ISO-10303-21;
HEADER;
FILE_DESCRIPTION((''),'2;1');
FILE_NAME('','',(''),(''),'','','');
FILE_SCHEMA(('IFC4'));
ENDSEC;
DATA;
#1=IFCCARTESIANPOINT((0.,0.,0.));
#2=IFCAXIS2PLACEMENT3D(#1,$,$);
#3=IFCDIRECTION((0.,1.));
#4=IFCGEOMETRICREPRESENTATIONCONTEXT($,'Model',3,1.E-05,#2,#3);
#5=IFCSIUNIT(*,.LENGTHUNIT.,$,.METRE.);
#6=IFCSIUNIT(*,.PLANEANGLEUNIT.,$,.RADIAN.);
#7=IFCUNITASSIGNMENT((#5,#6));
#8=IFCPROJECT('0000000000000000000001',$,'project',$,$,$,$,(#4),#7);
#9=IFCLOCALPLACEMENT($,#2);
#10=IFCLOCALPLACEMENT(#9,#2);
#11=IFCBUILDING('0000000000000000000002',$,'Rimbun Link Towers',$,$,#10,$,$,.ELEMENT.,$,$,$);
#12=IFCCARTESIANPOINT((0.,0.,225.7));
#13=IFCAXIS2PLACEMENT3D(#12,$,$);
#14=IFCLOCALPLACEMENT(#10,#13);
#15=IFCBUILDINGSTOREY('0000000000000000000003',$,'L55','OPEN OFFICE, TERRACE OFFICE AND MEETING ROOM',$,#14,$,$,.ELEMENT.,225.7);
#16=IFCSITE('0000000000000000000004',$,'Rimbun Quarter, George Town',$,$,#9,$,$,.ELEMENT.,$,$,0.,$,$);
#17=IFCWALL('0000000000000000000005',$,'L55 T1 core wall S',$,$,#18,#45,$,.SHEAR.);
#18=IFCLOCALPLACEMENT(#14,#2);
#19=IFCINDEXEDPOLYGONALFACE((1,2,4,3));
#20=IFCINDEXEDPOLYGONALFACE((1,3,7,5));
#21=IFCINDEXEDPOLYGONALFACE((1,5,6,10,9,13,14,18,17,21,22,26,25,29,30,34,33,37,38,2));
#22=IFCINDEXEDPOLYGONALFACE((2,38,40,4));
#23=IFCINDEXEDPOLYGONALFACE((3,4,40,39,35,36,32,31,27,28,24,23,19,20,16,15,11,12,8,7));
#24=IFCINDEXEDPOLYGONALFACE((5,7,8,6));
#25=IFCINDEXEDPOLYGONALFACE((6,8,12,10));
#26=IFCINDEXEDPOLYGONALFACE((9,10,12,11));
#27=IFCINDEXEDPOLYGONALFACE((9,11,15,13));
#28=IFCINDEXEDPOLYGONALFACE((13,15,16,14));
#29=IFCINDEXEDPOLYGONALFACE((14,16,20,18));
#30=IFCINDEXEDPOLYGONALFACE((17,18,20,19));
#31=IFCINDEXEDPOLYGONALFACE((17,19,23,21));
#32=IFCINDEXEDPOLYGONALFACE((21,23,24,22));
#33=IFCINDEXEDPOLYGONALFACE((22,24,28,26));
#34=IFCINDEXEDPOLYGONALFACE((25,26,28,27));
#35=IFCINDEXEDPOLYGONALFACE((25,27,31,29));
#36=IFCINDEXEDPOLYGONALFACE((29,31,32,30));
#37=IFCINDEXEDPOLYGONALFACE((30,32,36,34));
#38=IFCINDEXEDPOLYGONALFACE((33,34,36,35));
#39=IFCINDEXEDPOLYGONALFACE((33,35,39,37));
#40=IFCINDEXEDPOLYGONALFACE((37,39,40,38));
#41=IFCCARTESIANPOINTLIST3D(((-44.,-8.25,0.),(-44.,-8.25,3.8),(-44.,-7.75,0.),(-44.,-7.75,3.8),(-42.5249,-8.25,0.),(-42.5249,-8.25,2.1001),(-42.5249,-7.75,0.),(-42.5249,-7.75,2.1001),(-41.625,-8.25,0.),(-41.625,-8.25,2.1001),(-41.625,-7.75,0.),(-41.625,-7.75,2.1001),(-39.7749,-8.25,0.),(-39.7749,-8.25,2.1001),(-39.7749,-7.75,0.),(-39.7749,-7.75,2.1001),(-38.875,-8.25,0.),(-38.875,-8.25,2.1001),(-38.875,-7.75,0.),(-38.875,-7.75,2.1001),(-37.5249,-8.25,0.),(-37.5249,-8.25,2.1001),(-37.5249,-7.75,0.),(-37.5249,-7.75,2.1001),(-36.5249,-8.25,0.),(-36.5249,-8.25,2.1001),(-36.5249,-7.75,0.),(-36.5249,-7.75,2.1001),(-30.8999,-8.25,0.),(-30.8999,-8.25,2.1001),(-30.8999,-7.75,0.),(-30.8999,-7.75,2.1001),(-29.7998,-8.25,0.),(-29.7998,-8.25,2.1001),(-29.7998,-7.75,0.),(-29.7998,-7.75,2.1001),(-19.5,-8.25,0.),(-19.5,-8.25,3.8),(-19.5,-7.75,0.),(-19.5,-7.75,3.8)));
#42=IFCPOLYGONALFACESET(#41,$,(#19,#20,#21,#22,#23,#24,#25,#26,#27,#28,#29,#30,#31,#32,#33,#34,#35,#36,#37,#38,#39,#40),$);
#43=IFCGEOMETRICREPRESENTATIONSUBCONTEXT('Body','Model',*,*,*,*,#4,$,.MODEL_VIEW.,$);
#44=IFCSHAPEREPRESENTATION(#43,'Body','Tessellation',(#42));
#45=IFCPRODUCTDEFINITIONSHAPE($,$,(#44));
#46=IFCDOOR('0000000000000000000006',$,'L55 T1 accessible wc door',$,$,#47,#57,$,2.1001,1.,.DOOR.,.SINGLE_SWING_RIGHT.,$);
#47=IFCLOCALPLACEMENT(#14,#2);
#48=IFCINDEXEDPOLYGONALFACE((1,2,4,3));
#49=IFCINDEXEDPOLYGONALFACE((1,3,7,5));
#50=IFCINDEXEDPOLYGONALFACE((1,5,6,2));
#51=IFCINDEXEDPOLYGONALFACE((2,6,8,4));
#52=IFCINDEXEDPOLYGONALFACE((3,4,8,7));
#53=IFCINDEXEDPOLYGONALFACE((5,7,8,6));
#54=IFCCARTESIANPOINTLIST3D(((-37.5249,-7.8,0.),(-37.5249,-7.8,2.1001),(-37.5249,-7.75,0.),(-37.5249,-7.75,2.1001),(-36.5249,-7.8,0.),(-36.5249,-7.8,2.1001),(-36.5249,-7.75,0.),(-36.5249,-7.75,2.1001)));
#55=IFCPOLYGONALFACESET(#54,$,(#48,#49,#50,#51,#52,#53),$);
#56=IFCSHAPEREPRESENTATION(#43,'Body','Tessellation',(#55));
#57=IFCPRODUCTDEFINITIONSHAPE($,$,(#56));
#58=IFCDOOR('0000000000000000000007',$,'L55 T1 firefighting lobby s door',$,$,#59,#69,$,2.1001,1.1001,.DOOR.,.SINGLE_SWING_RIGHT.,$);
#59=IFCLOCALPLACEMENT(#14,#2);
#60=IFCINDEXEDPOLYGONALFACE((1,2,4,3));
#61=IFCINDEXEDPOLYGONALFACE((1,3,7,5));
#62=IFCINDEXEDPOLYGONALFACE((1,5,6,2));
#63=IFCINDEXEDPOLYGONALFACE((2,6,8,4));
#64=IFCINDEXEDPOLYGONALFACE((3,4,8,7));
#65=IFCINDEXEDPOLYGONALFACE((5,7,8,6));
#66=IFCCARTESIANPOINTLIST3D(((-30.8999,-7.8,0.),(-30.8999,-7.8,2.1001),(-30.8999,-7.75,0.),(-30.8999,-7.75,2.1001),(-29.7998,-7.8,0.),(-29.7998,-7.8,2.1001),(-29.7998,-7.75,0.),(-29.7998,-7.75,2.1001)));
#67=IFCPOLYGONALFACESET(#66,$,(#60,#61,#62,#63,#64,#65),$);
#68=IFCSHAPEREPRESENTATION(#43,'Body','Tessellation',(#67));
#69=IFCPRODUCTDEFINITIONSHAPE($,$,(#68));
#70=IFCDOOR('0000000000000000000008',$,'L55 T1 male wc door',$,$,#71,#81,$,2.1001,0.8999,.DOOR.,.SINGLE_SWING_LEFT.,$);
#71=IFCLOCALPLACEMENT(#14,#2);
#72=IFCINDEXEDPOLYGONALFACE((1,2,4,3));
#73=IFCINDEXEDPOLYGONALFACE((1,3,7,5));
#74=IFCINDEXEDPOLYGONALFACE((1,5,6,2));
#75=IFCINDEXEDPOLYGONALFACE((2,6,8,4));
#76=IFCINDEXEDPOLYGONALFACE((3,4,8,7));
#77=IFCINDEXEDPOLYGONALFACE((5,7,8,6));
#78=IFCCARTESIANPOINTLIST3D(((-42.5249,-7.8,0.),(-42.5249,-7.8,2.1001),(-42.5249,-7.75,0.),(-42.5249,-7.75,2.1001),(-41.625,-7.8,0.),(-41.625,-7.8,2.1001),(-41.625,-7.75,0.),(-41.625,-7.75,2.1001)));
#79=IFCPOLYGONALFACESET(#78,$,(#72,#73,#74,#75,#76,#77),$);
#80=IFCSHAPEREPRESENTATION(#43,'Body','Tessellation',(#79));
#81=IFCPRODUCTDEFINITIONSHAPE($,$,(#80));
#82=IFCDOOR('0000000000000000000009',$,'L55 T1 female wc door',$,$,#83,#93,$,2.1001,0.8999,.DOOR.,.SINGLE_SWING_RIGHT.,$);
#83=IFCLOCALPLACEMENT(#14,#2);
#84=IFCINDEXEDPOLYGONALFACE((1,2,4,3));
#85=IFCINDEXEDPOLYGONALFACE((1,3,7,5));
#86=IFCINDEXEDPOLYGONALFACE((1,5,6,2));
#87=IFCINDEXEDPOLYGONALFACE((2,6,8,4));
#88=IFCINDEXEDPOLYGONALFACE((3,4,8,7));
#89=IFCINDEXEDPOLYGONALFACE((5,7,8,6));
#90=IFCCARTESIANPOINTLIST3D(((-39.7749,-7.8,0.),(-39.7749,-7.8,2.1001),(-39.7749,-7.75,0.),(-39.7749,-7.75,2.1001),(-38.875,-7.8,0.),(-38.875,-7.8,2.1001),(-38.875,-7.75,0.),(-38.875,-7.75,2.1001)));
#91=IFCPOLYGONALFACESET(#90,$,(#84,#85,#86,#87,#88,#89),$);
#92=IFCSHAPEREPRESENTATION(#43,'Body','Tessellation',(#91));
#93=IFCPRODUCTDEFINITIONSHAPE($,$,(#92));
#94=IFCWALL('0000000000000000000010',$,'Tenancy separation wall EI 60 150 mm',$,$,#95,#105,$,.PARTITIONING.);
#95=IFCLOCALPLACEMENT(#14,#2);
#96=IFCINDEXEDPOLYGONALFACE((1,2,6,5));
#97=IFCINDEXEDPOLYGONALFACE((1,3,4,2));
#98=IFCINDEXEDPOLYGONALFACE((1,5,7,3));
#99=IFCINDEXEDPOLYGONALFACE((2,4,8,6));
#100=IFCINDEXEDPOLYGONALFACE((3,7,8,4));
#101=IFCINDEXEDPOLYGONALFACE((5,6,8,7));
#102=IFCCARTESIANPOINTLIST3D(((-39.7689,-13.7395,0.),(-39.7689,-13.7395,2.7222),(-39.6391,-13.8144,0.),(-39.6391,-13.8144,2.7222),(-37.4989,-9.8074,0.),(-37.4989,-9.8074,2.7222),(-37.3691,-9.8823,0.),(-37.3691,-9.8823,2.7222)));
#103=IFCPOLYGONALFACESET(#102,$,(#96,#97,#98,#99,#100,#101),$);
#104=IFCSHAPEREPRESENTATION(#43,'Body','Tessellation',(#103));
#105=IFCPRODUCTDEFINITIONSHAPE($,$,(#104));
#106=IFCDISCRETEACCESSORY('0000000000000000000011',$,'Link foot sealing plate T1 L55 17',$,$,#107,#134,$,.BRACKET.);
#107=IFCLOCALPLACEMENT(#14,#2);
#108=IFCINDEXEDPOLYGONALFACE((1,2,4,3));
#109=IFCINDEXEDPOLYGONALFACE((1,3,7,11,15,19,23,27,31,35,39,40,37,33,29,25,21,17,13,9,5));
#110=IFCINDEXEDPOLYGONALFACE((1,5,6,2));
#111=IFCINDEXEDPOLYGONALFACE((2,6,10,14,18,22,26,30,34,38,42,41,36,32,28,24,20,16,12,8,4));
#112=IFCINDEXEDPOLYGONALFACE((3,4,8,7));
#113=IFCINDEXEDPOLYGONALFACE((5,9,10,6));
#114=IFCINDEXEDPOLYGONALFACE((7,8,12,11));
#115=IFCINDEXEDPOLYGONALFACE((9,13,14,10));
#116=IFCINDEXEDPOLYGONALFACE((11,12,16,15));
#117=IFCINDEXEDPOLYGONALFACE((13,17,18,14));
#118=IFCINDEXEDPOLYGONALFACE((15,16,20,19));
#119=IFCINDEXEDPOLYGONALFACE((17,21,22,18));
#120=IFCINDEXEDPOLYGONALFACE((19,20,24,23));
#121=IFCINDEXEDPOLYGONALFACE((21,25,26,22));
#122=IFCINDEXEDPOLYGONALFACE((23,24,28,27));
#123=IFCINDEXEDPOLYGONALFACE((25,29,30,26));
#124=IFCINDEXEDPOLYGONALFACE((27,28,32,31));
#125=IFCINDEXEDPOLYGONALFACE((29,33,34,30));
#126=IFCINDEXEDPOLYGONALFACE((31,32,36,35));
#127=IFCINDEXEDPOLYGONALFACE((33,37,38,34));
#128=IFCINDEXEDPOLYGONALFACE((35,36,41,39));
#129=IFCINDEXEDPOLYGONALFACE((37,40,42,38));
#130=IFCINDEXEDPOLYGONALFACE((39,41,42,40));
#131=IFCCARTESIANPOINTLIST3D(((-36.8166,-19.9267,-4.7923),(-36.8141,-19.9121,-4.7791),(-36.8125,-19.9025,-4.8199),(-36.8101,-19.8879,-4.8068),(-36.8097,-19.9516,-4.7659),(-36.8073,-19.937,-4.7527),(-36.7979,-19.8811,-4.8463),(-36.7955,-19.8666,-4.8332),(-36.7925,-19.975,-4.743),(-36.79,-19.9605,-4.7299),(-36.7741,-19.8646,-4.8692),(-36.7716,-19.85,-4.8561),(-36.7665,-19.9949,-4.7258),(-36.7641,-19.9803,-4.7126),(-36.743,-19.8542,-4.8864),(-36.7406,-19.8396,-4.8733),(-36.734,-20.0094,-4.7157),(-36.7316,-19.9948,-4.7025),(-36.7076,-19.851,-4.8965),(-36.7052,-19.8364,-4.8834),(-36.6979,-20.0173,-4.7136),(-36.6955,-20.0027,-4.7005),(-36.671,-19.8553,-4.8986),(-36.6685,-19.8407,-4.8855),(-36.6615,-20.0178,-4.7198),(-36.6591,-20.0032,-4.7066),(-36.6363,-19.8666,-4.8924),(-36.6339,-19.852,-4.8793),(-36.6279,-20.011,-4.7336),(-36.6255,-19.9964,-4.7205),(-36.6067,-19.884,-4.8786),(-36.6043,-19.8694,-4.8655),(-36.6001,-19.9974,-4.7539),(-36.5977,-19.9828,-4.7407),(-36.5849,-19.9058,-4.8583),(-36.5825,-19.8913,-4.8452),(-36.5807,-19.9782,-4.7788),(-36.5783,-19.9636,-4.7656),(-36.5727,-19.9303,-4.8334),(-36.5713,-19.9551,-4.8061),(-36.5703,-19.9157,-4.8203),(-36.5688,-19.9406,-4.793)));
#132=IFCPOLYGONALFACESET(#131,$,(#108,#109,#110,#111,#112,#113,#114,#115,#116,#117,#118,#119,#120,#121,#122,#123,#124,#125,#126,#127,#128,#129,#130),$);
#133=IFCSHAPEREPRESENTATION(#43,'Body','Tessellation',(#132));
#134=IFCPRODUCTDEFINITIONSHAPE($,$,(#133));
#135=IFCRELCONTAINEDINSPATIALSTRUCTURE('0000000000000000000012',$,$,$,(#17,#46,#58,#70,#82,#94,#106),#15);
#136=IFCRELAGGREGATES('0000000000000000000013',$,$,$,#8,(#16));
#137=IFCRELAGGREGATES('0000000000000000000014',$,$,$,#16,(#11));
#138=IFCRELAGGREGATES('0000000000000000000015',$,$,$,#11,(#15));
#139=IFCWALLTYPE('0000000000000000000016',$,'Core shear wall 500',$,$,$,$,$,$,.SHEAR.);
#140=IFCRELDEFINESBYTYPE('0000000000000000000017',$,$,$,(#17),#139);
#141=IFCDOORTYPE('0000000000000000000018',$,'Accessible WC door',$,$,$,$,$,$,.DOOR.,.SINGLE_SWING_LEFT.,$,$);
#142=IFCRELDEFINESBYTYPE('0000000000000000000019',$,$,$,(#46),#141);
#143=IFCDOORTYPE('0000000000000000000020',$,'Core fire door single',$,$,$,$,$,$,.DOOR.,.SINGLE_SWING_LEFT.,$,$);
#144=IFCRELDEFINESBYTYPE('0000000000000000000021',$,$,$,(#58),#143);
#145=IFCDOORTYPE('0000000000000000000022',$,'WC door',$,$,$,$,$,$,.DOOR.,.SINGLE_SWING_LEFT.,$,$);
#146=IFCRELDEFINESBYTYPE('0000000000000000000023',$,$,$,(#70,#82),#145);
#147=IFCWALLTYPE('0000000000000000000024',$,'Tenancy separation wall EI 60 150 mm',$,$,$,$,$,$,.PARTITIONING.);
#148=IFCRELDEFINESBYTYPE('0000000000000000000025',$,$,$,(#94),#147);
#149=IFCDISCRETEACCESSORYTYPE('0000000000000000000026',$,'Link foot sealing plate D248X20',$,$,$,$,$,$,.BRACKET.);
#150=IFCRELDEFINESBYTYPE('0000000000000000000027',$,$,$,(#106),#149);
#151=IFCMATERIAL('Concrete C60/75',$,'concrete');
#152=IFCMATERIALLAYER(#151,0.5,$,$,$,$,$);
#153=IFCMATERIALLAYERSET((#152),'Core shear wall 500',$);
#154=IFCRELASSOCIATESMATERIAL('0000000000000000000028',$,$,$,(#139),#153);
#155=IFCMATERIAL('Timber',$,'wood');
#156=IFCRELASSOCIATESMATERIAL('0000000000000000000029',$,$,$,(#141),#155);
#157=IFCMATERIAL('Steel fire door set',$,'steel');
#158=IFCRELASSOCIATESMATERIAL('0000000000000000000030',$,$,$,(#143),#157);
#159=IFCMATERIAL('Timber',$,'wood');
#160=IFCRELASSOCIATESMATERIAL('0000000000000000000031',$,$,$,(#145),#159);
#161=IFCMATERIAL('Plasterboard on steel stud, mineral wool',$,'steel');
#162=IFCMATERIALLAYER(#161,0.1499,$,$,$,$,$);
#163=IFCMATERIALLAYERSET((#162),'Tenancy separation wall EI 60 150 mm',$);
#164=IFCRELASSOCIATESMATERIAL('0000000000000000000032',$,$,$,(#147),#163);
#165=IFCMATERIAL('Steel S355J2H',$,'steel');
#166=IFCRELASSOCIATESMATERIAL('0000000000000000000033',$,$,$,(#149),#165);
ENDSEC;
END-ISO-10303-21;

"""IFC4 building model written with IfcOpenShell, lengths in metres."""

from ifc_helpers import new_model, si_unit, direction, frame, frame_2d, origin, origin_2d, place, context, subcontext, project, spatial, rectangle, circle, extrude, material, layer, layer_set, material_profile, profile_set, type_object, element, fill, save


model = new_model("IFC4")

# Units and contexts
model_context = context("Model", 3, precision=1e-05, world=origin(), true_north=direction((0.0, 1.0)))
body_context = subcontext(model_context, "Body", "Model", "MODEL_VIEW")
ifc_project = project(units=[si_unit("LENGTHUNIT", "METRE"), si_unit("PLANEANGLEUNIT", "RADIAN")], contexts=[model_context])

# Site, building, storey
site_placement = place(None, origin())
site = spatial("IfcSite", under=ifc_project, at=site_placement, Name="Rimbun Quarter, George Town", CompositionType="ELEMENT", RefElevation=0.0)
building_placement = place(site_placement, origin())
building = spatial("IfcBuilding", under=site, at=building_placement, Name="Rimbun Link Towers", CompositionType="ELEMENT")
storey_placement = place(building_placement, frame((0.0, 0.0, 225.7)))
storey = spatial("IfcBuildingStorey", under=building, at=storey_placement, Name="L55", Description="OPEN OFFICE, TERRACE OFFICE AND MEETING ROOM", CompositionType="ELEMENT", Elevation=225.7)

# Wall, openings, doors
ifc_material_1 = material(Name="Concrete C60/75", Category="concrete")
ifc_layer_1 = layer(ifc_material_1, 0.5)
ifc_layer_set_1 = layer_set([ifc_layer_1], Name="Core shear wall 500")
wall_type_1 = type_object("IfcWallType", Name="Core shear wall 500", PredefinedType="SHEAR", material=ifc_layer_set_1)
wall_1_placement = place(storey_placement, frame((-44.0, -8.0, 0.0), z_axis=(0.0, 0.0, 1.0), x_axis=(1.0, 0.0, 0.0)))
wall_1 = element("IfcWall", 1, at=wall_1_placement, inside=storey, type_object=wall_type_1, Name="L55 T1 core wall S", PredefinedType="SHEAR", context=body_context, shape_type="SweptSolid", body=[
    extrude(rectangle(XDim=24.5, YDim=0.5, at=frame_2d((12.25, 0.0))), origin(), (0.0, 0.0, 1.0), 3.8),
])
opening_1_placement = place(wall_1_placement, frame((13.1001, 0.0, 0.0)))
opening_1 = element("IfcOpeningElement", 2, at=opening_1_placement, cuts=wall_1, PredefinedType="OPENING", context=body_context, shape_type="SweptSolid", body=[
    extrude(rectangle(XDim=1.1001, YDim=2.1001, at=frame_2d((0.55, 1.05))), frame((0.0, 0.26, 0.0), z_axis=(0.0, -1.0, 0.0), x_axis=(1.0, 0.0, 0.0)), (0.0, 0.0, 1.0), 0.52),
])
opening_2_placement = place(wall_1_placement, frame((1.4751, 0.0, 0.0)))
opening_2 = element("IfcOpeningElement", 3, at=opening_2_placement, cuts=wall_1, PredefinedType="OPENING", context=body_context, shape_type="SweptSolid", body=[
    extrude(rectangle(XDim=0.8999, YDim=2.1001, at=frame_2d((0.45, 1.05))), frame((0.0, 0.26, 0.0), z_axis=(0.0, -1.0, 0.0), x_axis=(1.0, 0.0, 0.0)), (0.0, 0.0, 1.0), 0.52),
])
opening_3_placement = place(wall_1_placement, frame((4.2251, 0.0, 0.0)))
opening_3 = element("IfcOpeningElement", 4, at=opening_3_placement, cuts=wall_1, PredefinedType="OPENING", context=body_context, shape_type="SweptSolid", body=[
    extrude(rectangle(XDim=0.8999, YDim=2.1001, at=frame_2d((0.45, 1.05))), frame((0.0, 0.26, 0.0), z_axis=(0.0, -1.0, 0.0), x_axis=(1.0, 0.0, 0.0)), (0.0, 0.0, 1.0), 0.52),
])
opening_4_placement = place(wall_1_placement, frame((6.4751, 0.0, 0.0)))
opening_4 = element("IfcOpeningElement", 5, at=opening_4_placement, cuts=wall_1, PredefinedType="OPENING", context=body_context, shape_type="SweptSolid", body=[
    extrude(rectangle(XDim=1.0, YDim=2.1001, at=frame_2d((0.5, 1.05))), frame((0.0, 0.26, 0.0), z_axis=(0.0, -1.0, 0.0), x_axis=(1.0, 0.0, 0.0)), (0.0, 0.0, 1.0), 0.52),
])
ifc_material_2 = material(Name="Timber", Category="wood")
door_type_1 = type_object("IfcDoorType", Name="Accessible WC door", OperationType="SINGLE_SWING_LEFT", PredefinedType="DOOR", material=ifc_material_2)
door_1_placement = place(opening_4_placement, origin())
door_1 = element("IfcDoor", 6, at=door_1_placement, inside=storey, type_object=door_type_1, Name="L55 T1 accessible wc door", OperationType="SINGLE_SWING_RIGHT", OverallHeight=2.1001, OverallWidth=1.0, PredefinedType="DOOR", context=body_context, shape_type="SweptSolid", body=[
    extrude(rectangle(XDim=1.0, YDim=2.1001, at=frame_2d((0.5, 1.05))), frame((0.0, 0.25, 0.0), z_axis=(0.0, -1.0, 0.0), x_axis=(1.0, 0.0, 0.0)), (0.0, 0.0, 1.0), 0.05),
])
fill(opening_4, door_1)
ifc_material_3 = material(Name="Steel fire door set", Category="steel")
door_type_2 = type_object("IfcDoorType", Name="Core fire door single", OperationType="SINGLE_SWING_LEFT", PredefinedType="DOOR", material=ifc_material_3)
door_2_placement = place(opening_1_placement, origin())
door_2 = element("IfcDoor", 7, at=door_2_placement, inside=storey, type_object=door_type_2, Name="L55 T1 firefighting lobby s door", OperationType="SINGLE_SWING_RIGHT", OverallHeight=2.1001, OverallWidth=1.1001, PredefinedType="DOOR", context=body_context, shape_type="SweptSolid", body=[
    extrude(rectangle(XDim=1.1001, YDim=2.1001, at=frame_2d((0.55, 1.05))), frame((0.0, 0.25, 0.0), z_axis=(0.0, -1.0, 0.0), x_axis=(1.0, 0.0, 0.0)), (0.0, 0.0, 1.0), 0.05),
])
fill(opening_1, door_2)
ifc_material_4 = material(Name="Timber", Category="wood")
door_type_3 = type_object("IfcDoorType", Name="WC door", OperationType="SINGLE_SWING_LEFT", PredefinedType="DOOR", material=ifc_material_4)
door_3_placement = place(opening_2_placement, origin())
door_3 = element("IfcDoor", 8, at=door_3_placement, inside=storey, type_object=door_type_3, Name="L55 T1 male wc door", OperationType="SINGLE_SWING_LEFT", OverallHeight=2.1001, OverallWidth=0.8999, PredefinedType="DOOR", context=body_context, shape_type="SweptSolid", body=[
    extrude(rectangle(XDim=0.8999, YDim=2.1001, at=frame_2d((0.45, 1.05))), frame((0.0, 0.25, 0.0), z_axis=(0.0, -1.0, 0.0), x_axis=(1.0, 0.0, 0.0)), (0.0, 0.0, 1.0), 0.05),
])
fill(opening_2, door_3)
door_4_placement = place(opening_3_placement, origin())
door_4 = element("IfcDoor", 9, at=door_4_placement, inside=storey, type_object=door_type_3, Name="L55 T1 female wc door", OperationType="SINGLE_SWING_RIGHT", OverallHeight=2.1001, OverallWidth=0.8999, PredefinedType="DOOR", context=body_context, shape_type="SweptSolid", body=[
    extrude(rectangle(XDim=0.8999, YDim=2.1001, at=frame_2d((0.45, 1.05))), frame((0.0, 0.25, 0.0), z_axis=(0.0, -1.0, 0.0), x_axis=(1.0, 0.0, 0.0)), (0.0, 0.0, 1.0), 0.05),
])
fill(opening_3, door_4)

# Wall
ifc_material_5 = material(Name="Plasterboard on steel stud, mineral wool", Category="steel")
ifc_layer_2 = layer(ifc_material_5, 0.1499)
ifc_layer_set_2 = layer_set([ifc_layer_2], Name="Tenancy separation wall EI 60 150 mm")
wall_type_2 = type_object("IfcWallType", Name="Tenancy separation wall EI 60 150 mm", PredefinedType="PARTITIONING", material=ifc_layer_set_2)
wall_2_placement = place(storey_placement, frame((-37.4341, -9.845, 0.0), z_axis=(0.0, 0.0, 1.0), x_axis=(-0.499968, -0.866044, 0.0)))
element("IfcWall", 10, at=wall_2_placement, inside=storey, type_object=wall_type_2, Name="Tenancy separation wall EI 60 150 mm", PredefinedType="PARTITIONING", context=body_context, shape_type="SweptSolid", body=[
    extrude(rectangle(XDim=4.5403, YDim=0.1499, at=frame_2d((2.27, 0.0))), origin(), (0.0, 0.0, 1.0), 2.7222),
])

# Discrete accessory
ifc_material_6 = material(Name="Steel S355J2H", Category="steel")
ifc_material_profile_1 = material_profile(ifc_material_6, circle(Radius=0.124, at=origin_2d()), Name="PL D248")
ifc_profile_set_1 = profile_set([ifc_material_profile_1], Name="Steel S355J2H")
discrete_accessory_type = type_object("IfcDiscreteAccessoryType", Name="Link foot sealing plate D248X20", PredefinedType="BRACKET", material=ifc_profile_set_1)
discrete_accessory_placement = place(storey_placement, frame((-36.6912, -19.9202, -4.793), z_axis=(-0.122943, -0.737655, -0.66389), x_axis=(0.986394, -0.164399, 0.0)))
element("IfcDiscreteAccessory", 11, at=discrete_accessory_placement, inside=storey, type_object=discrete_accessory_type, Name="Link foot sealing plate T1 L55 17", PredefinedType="BRACKET", context=body_context, shape_type="SweptSolid", body=[
    extrude(circle(Radius=0.124, at=origin_2d()), origin(), (0.0, 0.0, 1.0), 0.0198),
])

save(model, "model.ifc")
